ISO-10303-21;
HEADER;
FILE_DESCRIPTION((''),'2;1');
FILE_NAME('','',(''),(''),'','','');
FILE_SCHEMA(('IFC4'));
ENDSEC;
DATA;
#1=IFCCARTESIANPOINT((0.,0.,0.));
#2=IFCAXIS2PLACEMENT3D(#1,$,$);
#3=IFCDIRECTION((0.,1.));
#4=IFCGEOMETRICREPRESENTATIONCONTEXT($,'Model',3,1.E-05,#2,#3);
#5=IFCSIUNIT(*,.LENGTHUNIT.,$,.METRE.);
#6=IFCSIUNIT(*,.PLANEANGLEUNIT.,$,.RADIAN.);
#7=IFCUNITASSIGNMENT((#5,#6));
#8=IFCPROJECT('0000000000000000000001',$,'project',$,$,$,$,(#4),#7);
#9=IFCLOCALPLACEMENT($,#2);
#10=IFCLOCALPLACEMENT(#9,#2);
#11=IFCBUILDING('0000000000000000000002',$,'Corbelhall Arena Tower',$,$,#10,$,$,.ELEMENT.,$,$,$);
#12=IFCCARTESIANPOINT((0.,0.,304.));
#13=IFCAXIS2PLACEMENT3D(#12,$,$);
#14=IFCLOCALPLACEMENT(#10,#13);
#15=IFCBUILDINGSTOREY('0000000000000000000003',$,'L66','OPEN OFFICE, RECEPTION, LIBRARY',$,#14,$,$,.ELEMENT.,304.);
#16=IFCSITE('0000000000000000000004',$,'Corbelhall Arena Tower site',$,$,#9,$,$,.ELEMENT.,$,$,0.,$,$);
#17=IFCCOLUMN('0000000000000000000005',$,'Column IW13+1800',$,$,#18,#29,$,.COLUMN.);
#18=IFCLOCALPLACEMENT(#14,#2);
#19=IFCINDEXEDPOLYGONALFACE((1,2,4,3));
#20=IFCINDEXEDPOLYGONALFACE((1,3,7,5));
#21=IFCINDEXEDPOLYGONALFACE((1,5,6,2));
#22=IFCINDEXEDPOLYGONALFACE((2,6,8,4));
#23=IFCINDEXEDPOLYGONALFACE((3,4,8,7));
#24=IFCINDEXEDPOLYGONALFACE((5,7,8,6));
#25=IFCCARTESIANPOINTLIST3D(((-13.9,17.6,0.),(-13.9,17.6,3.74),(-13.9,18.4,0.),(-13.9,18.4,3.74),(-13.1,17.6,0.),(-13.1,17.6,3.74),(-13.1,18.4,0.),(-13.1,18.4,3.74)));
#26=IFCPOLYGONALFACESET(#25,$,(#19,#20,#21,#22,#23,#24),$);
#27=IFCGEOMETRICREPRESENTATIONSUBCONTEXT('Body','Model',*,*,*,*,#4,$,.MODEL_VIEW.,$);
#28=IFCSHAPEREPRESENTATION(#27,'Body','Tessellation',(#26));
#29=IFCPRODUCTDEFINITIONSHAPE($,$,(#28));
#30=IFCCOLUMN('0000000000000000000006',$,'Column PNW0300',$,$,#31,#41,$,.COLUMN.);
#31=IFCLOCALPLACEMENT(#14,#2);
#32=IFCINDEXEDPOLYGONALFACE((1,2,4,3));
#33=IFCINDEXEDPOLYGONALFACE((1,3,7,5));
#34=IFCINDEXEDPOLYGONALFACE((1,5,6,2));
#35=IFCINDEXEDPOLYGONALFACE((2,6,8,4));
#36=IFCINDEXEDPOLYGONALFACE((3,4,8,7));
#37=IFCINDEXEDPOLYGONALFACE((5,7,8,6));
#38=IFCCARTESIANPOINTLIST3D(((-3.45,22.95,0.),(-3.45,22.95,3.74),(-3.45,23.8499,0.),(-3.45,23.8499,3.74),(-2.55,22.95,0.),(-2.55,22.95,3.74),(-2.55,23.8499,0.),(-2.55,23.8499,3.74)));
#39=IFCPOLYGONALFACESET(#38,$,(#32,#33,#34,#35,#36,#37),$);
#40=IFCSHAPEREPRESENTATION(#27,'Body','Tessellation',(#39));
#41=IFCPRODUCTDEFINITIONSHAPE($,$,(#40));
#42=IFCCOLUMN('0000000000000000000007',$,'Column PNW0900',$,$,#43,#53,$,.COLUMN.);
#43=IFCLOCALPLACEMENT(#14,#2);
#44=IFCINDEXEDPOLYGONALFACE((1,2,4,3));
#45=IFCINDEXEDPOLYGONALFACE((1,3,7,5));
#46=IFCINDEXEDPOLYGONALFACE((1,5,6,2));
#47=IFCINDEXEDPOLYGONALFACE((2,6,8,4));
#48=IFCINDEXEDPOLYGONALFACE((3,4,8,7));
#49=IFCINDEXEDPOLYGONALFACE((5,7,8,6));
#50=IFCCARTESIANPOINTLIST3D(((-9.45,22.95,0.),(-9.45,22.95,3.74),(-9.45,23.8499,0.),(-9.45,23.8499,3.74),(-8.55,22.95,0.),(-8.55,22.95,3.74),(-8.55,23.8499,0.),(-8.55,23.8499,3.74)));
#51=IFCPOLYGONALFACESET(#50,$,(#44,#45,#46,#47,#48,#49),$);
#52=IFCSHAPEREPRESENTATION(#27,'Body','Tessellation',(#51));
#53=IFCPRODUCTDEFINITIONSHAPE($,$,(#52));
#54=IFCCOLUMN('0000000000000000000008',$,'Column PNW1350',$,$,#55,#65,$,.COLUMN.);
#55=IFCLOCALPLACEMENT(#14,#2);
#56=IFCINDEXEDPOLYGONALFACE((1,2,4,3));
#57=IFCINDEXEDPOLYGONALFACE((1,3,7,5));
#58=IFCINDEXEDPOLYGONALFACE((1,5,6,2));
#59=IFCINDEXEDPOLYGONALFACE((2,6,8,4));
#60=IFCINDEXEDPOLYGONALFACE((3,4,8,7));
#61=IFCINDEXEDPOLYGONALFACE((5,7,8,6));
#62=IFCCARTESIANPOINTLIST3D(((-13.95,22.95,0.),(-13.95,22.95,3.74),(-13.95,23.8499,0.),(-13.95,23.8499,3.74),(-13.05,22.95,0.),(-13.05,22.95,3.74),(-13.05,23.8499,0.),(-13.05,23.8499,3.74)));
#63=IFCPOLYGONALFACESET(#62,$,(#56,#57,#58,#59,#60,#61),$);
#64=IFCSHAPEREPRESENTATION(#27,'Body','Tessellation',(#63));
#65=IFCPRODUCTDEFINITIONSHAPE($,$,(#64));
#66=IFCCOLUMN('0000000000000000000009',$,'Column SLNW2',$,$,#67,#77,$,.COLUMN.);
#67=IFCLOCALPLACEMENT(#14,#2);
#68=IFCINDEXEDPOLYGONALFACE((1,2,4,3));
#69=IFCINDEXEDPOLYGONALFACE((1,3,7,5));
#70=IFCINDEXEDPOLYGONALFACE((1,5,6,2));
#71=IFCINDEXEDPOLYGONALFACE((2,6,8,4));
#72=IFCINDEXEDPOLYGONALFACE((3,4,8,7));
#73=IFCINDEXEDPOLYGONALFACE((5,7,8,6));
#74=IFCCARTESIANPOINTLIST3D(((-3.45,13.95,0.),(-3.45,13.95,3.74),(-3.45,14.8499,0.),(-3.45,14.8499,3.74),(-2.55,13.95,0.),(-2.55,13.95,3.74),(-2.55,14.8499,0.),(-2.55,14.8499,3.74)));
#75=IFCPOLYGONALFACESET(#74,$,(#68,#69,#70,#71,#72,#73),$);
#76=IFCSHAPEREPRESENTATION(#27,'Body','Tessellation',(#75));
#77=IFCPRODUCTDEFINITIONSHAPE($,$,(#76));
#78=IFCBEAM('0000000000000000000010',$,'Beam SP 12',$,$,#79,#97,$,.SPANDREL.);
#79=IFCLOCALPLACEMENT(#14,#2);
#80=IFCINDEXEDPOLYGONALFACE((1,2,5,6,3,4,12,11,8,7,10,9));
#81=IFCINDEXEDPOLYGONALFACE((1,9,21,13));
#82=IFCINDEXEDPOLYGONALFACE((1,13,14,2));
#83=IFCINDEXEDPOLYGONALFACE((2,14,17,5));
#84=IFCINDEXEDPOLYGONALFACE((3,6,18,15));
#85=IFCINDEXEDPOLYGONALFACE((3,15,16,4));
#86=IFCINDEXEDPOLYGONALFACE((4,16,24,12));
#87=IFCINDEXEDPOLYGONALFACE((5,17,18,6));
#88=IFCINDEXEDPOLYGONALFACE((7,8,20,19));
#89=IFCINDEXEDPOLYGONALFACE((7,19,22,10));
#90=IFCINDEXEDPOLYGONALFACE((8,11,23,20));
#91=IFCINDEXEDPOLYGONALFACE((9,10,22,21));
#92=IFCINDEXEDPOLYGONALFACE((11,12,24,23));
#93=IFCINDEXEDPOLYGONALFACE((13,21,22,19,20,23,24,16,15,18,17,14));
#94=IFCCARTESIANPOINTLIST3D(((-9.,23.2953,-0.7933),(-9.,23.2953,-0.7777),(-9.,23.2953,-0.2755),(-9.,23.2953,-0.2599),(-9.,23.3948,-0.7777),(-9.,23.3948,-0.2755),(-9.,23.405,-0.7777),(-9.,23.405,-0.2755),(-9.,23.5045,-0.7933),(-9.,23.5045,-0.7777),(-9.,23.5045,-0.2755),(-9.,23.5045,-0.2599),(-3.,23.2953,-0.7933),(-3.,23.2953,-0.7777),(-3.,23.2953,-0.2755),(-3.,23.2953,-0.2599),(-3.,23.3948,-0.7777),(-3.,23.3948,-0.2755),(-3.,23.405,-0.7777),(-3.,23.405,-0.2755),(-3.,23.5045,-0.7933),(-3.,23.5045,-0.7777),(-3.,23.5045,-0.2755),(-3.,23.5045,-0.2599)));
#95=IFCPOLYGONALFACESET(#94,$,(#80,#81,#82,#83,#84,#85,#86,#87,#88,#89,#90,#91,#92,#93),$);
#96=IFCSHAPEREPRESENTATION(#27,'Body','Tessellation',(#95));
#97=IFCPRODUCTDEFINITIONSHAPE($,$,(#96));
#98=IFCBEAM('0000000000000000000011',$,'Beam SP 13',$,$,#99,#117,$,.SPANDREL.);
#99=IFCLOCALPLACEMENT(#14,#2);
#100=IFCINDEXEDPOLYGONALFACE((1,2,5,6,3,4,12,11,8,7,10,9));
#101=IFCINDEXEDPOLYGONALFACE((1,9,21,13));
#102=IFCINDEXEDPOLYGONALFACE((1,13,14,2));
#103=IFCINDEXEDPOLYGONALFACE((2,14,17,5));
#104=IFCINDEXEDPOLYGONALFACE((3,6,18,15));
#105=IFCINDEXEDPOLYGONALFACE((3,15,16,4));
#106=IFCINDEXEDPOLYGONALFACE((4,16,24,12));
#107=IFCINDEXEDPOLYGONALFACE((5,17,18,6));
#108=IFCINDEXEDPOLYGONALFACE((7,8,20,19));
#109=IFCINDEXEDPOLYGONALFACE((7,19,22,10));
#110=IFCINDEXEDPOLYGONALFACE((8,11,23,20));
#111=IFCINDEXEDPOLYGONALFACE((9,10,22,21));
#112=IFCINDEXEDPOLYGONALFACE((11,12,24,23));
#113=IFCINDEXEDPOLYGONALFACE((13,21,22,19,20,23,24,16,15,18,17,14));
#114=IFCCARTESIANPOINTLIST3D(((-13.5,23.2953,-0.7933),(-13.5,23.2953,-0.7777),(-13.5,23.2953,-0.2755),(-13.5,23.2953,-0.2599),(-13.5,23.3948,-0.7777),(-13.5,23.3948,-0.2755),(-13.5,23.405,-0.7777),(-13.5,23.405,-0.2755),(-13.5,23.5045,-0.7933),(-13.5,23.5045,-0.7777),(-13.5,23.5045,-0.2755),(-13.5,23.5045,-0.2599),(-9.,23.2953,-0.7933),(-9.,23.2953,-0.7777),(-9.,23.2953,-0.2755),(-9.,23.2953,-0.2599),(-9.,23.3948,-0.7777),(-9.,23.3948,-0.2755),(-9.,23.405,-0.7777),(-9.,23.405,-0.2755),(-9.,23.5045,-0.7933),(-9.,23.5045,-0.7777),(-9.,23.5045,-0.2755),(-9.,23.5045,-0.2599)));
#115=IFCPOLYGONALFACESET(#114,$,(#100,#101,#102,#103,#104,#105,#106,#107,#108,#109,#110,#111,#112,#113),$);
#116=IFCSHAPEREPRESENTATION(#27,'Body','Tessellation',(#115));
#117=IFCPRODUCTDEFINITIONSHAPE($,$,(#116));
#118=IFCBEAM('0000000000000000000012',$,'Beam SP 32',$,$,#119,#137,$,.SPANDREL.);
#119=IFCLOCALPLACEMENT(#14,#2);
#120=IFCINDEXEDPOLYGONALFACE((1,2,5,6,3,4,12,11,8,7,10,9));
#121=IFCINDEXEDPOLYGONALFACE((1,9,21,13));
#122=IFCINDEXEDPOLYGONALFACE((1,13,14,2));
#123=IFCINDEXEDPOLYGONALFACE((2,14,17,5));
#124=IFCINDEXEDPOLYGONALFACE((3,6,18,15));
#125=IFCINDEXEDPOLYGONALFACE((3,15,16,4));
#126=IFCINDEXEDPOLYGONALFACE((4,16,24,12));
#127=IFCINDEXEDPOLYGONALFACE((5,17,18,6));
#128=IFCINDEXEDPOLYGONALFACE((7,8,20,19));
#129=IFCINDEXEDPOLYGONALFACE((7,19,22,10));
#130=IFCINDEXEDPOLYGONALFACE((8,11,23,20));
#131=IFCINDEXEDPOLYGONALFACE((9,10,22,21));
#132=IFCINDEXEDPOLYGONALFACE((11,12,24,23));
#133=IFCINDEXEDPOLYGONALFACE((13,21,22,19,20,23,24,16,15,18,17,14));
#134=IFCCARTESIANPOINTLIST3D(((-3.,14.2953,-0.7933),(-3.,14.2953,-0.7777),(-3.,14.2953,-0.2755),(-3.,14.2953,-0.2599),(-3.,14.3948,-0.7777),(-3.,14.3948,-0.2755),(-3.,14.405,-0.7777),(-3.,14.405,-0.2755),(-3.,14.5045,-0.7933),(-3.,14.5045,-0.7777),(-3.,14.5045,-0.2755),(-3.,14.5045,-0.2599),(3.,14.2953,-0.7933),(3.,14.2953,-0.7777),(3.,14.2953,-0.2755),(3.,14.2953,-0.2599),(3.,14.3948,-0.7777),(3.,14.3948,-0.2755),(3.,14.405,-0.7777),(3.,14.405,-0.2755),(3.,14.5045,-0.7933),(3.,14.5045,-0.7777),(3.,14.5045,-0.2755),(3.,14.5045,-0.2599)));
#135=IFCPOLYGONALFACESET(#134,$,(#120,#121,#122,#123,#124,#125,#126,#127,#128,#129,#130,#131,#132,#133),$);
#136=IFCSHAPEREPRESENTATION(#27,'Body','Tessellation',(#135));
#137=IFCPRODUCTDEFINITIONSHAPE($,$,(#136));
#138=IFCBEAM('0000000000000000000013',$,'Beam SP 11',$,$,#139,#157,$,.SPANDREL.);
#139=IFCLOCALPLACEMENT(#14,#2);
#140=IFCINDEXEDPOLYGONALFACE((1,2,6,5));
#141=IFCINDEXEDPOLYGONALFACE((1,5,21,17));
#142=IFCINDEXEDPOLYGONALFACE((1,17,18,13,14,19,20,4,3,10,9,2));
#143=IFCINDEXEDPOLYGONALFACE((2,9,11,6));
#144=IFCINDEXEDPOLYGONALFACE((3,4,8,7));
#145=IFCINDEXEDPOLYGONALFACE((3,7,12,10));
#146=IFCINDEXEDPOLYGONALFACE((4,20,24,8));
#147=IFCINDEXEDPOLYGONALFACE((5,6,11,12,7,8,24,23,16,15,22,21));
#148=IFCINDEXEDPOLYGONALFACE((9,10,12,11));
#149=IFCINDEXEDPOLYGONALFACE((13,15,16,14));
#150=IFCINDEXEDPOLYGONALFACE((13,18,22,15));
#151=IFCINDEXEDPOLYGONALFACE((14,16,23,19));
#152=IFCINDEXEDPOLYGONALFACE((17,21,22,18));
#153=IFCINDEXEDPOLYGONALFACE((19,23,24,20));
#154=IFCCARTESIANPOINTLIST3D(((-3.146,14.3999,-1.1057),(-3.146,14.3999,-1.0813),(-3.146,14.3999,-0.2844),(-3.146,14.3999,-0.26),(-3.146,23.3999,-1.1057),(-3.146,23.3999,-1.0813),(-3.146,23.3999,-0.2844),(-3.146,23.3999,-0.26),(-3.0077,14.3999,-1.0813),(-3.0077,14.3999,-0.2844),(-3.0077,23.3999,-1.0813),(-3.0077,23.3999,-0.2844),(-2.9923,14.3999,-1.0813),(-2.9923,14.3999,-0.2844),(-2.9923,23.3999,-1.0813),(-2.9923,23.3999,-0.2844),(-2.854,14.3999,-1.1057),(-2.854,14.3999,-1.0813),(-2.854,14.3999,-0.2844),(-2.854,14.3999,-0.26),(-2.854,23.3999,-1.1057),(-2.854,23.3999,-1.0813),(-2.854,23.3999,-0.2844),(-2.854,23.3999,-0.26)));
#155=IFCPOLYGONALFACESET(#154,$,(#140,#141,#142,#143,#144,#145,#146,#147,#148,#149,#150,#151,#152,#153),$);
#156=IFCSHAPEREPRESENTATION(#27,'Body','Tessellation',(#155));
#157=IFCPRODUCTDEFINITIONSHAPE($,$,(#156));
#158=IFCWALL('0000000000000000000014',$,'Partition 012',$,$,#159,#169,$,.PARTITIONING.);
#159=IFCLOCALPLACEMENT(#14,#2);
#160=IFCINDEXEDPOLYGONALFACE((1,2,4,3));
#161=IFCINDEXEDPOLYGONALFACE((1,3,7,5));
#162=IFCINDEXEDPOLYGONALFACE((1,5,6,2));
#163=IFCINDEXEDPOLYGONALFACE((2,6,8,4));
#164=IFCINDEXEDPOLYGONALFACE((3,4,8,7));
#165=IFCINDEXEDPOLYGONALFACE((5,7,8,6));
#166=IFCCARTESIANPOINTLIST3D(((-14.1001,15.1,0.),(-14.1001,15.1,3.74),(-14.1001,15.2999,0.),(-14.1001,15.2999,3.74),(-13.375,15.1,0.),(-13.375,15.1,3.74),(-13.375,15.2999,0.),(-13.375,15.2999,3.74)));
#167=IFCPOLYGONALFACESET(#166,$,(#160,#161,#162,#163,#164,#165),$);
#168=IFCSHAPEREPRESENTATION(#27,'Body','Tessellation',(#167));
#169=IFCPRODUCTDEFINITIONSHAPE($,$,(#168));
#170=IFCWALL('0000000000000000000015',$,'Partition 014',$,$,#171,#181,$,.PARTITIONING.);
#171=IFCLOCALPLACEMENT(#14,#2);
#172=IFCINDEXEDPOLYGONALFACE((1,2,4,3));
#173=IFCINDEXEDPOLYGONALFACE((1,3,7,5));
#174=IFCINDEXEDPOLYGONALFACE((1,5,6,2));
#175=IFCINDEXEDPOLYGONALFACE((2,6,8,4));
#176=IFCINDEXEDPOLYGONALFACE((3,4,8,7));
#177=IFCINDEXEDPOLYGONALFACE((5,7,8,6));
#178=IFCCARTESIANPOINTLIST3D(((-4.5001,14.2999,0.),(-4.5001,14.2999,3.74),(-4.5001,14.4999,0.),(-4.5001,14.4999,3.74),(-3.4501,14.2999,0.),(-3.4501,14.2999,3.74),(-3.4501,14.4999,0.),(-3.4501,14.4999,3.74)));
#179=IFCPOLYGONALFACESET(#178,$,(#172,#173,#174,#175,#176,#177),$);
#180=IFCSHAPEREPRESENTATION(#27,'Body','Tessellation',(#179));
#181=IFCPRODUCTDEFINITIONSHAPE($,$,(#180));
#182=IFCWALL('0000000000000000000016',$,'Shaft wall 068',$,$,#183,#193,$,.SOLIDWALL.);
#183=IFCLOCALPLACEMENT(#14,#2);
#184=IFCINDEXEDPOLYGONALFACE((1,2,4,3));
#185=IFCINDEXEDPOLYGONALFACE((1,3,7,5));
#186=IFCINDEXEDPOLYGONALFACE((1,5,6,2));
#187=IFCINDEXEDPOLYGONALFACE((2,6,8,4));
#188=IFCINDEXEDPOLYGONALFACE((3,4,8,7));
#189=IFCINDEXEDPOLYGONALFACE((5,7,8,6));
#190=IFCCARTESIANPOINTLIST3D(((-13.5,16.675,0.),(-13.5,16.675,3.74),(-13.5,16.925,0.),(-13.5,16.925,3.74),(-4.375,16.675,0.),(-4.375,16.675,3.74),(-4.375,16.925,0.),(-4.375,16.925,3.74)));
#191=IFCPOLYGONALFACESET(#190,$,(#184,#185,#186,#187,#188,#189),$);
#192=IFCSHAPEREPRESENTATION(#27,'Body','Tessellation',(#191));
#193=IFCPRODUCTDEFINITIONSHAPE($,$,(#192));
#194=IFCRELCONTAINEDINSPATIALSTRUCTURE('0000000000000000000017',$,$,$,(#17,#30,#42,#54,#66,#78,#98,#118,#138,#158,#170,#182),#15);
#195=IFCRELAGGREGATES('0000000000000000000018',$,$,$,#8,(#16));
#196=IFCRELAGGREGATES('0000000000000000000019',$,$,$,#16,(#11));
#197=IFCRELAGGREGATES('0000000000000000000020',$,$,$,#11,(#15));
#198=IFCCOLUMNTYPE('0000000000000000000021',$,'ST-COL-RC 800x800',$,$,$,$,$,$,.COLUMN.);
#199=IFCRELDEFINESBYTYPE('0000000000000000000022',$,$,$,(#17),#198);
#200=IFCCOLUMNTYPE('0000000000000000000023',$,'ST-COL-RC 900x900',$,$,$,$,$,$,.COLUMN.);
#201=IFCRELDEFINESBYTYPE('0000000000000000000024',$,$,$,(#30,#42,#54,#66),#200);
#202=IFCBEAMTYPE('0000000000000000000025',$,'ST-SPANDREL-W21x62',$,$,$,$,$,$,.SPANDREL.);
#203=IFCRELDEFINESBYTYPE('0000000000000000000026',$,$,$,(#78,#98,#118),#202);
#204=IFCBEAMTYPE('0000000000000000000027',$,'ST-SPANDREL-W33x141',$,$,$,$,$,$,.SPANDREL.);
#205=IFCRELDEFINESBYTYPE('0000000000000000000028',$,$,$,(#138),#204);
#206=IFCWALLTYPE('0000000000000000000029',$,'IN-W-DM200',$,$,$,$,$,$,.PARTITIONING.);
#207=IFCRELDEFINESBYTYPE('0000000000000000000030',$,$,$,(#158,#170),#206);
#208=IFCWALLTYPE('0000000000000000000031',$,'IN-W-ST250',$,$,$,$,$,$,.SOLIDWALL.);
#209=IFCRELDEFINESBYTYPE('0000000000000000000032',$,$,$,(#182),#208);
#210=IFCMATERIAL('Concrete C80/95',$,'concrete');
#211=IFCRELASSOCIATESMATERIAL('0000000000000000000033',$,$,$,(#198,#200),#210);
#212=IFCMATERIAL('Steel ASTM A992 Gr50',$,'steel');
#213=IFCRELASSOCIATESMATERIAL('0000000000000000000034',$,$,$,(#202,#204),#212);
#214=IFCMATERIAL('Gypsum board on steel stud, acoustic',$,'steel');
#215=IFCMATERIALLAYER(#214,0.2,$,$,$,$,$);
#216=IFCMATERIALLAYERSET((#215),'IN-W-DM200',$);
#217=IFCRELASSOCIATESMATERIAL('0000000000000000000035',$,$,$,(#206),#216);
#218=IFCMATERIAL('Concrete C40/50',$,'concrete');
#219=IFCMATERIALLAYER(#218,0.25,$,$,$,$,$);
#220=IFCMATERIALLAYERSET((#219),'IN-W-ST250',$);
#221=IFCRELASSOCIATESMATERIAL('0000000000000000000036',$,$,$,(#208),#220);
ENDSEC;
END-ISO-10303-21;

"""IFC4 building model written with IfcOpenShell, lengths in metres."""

from ifc_helpers import new_model, si_unit, direction, frame, frame_2d, origin, origin_2d, place, context, subcontext, project, spatial, rectangle, i_section, extrude, material, layer, layer_set, material_profile, profile_set, type_object, element, save


model = new_model("IFC4")

# Units and contexts
model_context = context("Model", 3, precision=1e-05, world=origin(), true_north=direction((0.0, 1.0)))
body_context = subcontext(model_context, "Body", "Model", "MODEL_VIEW")
ifc_project = project(units=[si_unit("LENGTHUNIT", "METRE"), si_unit("PLANEANGLEUNIT", "RADIAN")], contexts=[model_context])

# Site, building, storey
site_placement = place(None, origin())
site = spatial("IfcSite", under=ifc_project, at=site_placement, Name="Corbelhall Arena Tower site", CompositionType="ELEMENT", RefElevation=0.0)
building_placement = place(site_placement, origin())
building = spatial("IfcBuilding", under=site, at=building_placement, Name="Corbelhall Arena Tower", CompositionType="ELEMENT")
storey_placement = place(building_placement, frame((0.0, 0.0, 304.0)))
storey = spatial("IfcBuildingStorey", under=building, at=storey_placement, Name="L66", Description="OPEN OFFICE, RECEPTION, LIBRARY", CompositionType="ELEMENT", Elevation=304.0)

# Columns
ifc_material_1 = material(Name="Concrete C80/95", Category="concrete")
ifc_material_profile_1 = material_profile(ifc_material_1, rectangle(XDim=0.8, YDim=0.8, at=origin_2d()))
ifc_profile_set_1 = profile_set([ifc_material_profile_1], Name="Concrete C80/95")
column_type_1 = type_object("IfcColumnType", Name="ST-COL-RC 800x800", PredefinedType="COLUMN", material=ifc_profile_set_1)
column_placement = place(storey_placement, frame((-13.5, 18.0, 0.0), z_axis=(0.0, 0.0, 1.0), x_axis=(1.0, 0.0, 0.0)))
element("IfcColumn", 1, at=column_placement, inside=storey, type_object=column_type_1, Name="Column IW13+1800", PredefinedType="COLUMN", context=body_context, shape_type="SweptSolid", body=[
    extrude(rectangle(XDim=0.8, YDim=0.8, at=origin_2d()), origin(), (0.0, 0.0, 1.0), 3.74),
])
ifc_material_profile_2 = material_profile(ifc_material_1, rectangle(XDim=0.8999, YDim=0.8999, at=origin_2d()))
ifc_profile_set_2 = profile_set([ifc_material_profile_2], Name="Concrete C80/95")
column_type_2 = type_object("IfcColumnType", Name="ST-COL-RC 900x900", PredefinedType="COLUMN", material=ifc_profile_set_2)
for number, where, z_axis, x_axis, name in (
    (2, (-3.0, 23.3999, 0.0), (0.0, 0.0, 1.0), (1.0, 0.0, 0.0), "Column PNW0300"),
    (3, (-9.0, 23.3999, 0.0), (0.0, 0.0, 1.0), (1.0, 0.0, 0.0), "Column PNW0900"),
    (4, (-13.5, 23.3999, 0.0), (0.0, 0.0, 1.0), (1.0, 0.0, 0.0), "Column PNW1350"),
    (5, (-3.0, 14.3999, 0.0), (0.0, 0.0, 1.0), (1.0, 0.0, 0.0), "Column SLNW2"),
):
    element("IfcColumn", number, at=place(storey_placement, frame(where, z_axis=z_axis, x_axis=x_axis)), inside=storey, type_object=column_type_2, Name=name, PredefinedType="COLUMN", context=body_context, shape_type="SweptSolid", body=[
        extrude(rectangle(XDim=0.8999, YDim=0.8999, at=origin_2d()), origin(), (0.0, 0.0, 1.0), 3.74),
    ])

# Beams
ifc_material_2 = material(Name="Steel ASTM A992 Gr50", Category="steel")
ifc_material_profile_3 = material_profile(ifc_material_2, i_section(OverallWidth=0.2092, OverallDepth=0.5334, WebThickness=0.0103, FlangeThickness=0.0156, at=origin_2d()))
ifc_profile_set_3 = profile_set([ifc_material_profile_3], Name="Steel ASTM A992 Gr50")
beam_type_1 = type_object("IfcBeamType", Name="ST-SPANDREL-W21x62", PredefinedType="SPANDREL", material=ifc_profile_set_3)
beam_1_placement = place(storey_placement, frame((-9.0, 23.3999, -0.5266), z_axis=(1.0, 0.0, 0.0), x_axis=(0.0, 1.0, 0.0)))
element("IfcBeam", 6, at=beam_1_placement, inside=storey, type_object=beam_type_1, Name="Beam SP 12", PredefinedType="SPANDREL", context=body_context, shape_type="SweptSolid", body=[
    extrude(i_section(OverallWidth=0.2092, OverallDepth=0.5334, WebThickness=0.0103, FlangeThickness=0.0156, at=origin_2d()), origin(), (0.0, 0.0, 1.0), 6.0),
])
beam_2_placement = place(storey_placement, frame((-13.5, 23.3999, -0.5266), z_axis=(1.0, 0.0, 0.0), x_axis=(0.0, 1.0, 0.0)))
element("IfcBeam", 7, at=beam_2_placement, inside=storey, type_object=beam_type_1, Name="Beam SP 13", PredefinedType="SPANDREL", context=body_context, shape_type="SweptSolid", body=[
    extrude(i_section(OverallWidth=0.2092, OverallDepth=0.5334, WebThickness=0.0103, FlangeThickness=0.0156, at=origin_2d()), origin(), (0.0, 0.0, 1.0), 4.5),
])
beam_3_placement = place(storey_placement, frame((-3.0, 14.3999, -0.5266), z_axis=(1.0, 0.0, 0.0), x_axis=(0.0, 1.0, 0.0)))
element("IfcBeam", 8, at=beam_3_placement, inside=storey, type_object=beam_type_1, Name="Beam SP 32", PredefinedType="SPANDREL", context=body_context, shape_type="SweptSolid", body=[
    extrude(i_section(OverallWidth=0.2092, OverallDepth=0.5334, WebThickness=0.0103, FlangeThickness=0.0156, at=origin_2d()), origin(), (0.0, 0.0, 1.0), 6.0),
])
ifc_material_profile_4 = material_profile(ifc_material_2, i_section(OverallWidth=0.292, OverallDepth=0.8457, WebThickness=0.0154, FlangeThickness=0.0244, at=origin_2d()))
ifc_profile_set_4 = profile_set([ifc_material_profile_4], Name="Steel ASTM A992 Gr50")
beam_type_2 = type_object("IfcBeamType", Name="ST-SPANDREL-W33x141", PredefinedType="SPANDREL", material=ifc_profile_set_4)
beam_4_placement = place(storey_placement, frame((-3.0, 23.3999, -0.6829), z_axis=(0.0, -1.0, 0.0), x_axis=(1.0, 0.0, 0.0)))
element("IfcBeam", 9, at=beam_4_placement, inside=storey, type_object=beam_type_2, Name="Beam SP 11", PredefinedType="SPANDREL", context=body_context, shape_type="SweptSolid", body=[
    extrude(i_section(OverallWidth=0.292, OverallDepth=0.8457, WebThickness=0.0154, FlangeThickness=0.0244, at=origin_2d()), origin(), (0.0, 0.0, 1.0), 9.0),
])

# Walls
ifc_material_3 = material(Name="Gypsum board on steel stud, acoustic", Category="steel")
ifc_layer_1 = layer(ifc_material_3, 0.2)
ifc_layer_set_1 = layer_set([ifc_layer_1], Name="IN-W-DM200")
wall_type_1 = type_object("IfcWallType", Name="IN-W-DM200", PredefinedType="PARTITIONING", material=ifc_layer_set_1)
wall_1_placement = place(storey_placement, frame((-14.1001, 15.2, 0.0), z_axis=(0.0, 0.0, 1.0), x_axis=(1.0, 0.0, 0.0)))
element("IfcWall", 10, at=wall_1_placement, inside=storey, type_object=wall_type_1, Name="Partition 012", PredefinedType="PARTITIONING", context=body_context, shape_type="SweptSolid", body=[
    extrude(rectangle(XDim=0.7251, YDim=0.2, at=frame_2d((0.3625, 0.0))), origin(), (0.0, 0.0, 1.0), 3.74),
])
wall_2_placement = place(storey_placement, frame((-4.5, 14.3999, 0.0), z_axis=(0.0, 0.0, 1.0), x_axis=(1.0, 0.0, 0.0)))
element("IfcWall", 11, at=wall_2_placement, inside=storey, type_object=wall_type_1, Name="Partition 014", PredefinedType="PARTITIONING", context=body_context, shape_type="SweptSolid", body=[
    extrude(rectangle(XDim=1.05, YDim=0.2, at=frame_2d((0.5249, 0.0))), origin(), (0.0, 0.0, 1.0), 3.74),
])
ifc_material_4 = material(Name="Concrete C40/50", Category="concrete")
ifc_layer_2 = layer(ifc_material_4, 0.25)
ifc_layer_set_2 = layer_set([ifc_layer_2], Name="IN-W-ST250")
wall_type_2 = type_object("IfcWallType", Name="IN-W-ST250", PredefinedType="SOLIDWALL", material=ifc_layer_set_2)
wall_3_placement = place(storey_placement, frame((-13.5, 16.8, 0.0), z_axis=(0.0, 0.0, 1.0), x_axis=(1.0, 0.0, 0.0)))
element("IfcWall", 12, at=wall_3_placement, inside=storey, type_object=wall_type_2, Name="Shaft wall 068", PredefinedType="SOLIDWALL", context=body_context, shape_type="SweptSolid", body=[
    extrude(rectangle(XDim=9.125, YDim=0.25, at=frame_2d((4.5625, 0.0))), origin(), (0.0, 0.0, 1.0), 3.74),
])

save(model, "model.ifc")
